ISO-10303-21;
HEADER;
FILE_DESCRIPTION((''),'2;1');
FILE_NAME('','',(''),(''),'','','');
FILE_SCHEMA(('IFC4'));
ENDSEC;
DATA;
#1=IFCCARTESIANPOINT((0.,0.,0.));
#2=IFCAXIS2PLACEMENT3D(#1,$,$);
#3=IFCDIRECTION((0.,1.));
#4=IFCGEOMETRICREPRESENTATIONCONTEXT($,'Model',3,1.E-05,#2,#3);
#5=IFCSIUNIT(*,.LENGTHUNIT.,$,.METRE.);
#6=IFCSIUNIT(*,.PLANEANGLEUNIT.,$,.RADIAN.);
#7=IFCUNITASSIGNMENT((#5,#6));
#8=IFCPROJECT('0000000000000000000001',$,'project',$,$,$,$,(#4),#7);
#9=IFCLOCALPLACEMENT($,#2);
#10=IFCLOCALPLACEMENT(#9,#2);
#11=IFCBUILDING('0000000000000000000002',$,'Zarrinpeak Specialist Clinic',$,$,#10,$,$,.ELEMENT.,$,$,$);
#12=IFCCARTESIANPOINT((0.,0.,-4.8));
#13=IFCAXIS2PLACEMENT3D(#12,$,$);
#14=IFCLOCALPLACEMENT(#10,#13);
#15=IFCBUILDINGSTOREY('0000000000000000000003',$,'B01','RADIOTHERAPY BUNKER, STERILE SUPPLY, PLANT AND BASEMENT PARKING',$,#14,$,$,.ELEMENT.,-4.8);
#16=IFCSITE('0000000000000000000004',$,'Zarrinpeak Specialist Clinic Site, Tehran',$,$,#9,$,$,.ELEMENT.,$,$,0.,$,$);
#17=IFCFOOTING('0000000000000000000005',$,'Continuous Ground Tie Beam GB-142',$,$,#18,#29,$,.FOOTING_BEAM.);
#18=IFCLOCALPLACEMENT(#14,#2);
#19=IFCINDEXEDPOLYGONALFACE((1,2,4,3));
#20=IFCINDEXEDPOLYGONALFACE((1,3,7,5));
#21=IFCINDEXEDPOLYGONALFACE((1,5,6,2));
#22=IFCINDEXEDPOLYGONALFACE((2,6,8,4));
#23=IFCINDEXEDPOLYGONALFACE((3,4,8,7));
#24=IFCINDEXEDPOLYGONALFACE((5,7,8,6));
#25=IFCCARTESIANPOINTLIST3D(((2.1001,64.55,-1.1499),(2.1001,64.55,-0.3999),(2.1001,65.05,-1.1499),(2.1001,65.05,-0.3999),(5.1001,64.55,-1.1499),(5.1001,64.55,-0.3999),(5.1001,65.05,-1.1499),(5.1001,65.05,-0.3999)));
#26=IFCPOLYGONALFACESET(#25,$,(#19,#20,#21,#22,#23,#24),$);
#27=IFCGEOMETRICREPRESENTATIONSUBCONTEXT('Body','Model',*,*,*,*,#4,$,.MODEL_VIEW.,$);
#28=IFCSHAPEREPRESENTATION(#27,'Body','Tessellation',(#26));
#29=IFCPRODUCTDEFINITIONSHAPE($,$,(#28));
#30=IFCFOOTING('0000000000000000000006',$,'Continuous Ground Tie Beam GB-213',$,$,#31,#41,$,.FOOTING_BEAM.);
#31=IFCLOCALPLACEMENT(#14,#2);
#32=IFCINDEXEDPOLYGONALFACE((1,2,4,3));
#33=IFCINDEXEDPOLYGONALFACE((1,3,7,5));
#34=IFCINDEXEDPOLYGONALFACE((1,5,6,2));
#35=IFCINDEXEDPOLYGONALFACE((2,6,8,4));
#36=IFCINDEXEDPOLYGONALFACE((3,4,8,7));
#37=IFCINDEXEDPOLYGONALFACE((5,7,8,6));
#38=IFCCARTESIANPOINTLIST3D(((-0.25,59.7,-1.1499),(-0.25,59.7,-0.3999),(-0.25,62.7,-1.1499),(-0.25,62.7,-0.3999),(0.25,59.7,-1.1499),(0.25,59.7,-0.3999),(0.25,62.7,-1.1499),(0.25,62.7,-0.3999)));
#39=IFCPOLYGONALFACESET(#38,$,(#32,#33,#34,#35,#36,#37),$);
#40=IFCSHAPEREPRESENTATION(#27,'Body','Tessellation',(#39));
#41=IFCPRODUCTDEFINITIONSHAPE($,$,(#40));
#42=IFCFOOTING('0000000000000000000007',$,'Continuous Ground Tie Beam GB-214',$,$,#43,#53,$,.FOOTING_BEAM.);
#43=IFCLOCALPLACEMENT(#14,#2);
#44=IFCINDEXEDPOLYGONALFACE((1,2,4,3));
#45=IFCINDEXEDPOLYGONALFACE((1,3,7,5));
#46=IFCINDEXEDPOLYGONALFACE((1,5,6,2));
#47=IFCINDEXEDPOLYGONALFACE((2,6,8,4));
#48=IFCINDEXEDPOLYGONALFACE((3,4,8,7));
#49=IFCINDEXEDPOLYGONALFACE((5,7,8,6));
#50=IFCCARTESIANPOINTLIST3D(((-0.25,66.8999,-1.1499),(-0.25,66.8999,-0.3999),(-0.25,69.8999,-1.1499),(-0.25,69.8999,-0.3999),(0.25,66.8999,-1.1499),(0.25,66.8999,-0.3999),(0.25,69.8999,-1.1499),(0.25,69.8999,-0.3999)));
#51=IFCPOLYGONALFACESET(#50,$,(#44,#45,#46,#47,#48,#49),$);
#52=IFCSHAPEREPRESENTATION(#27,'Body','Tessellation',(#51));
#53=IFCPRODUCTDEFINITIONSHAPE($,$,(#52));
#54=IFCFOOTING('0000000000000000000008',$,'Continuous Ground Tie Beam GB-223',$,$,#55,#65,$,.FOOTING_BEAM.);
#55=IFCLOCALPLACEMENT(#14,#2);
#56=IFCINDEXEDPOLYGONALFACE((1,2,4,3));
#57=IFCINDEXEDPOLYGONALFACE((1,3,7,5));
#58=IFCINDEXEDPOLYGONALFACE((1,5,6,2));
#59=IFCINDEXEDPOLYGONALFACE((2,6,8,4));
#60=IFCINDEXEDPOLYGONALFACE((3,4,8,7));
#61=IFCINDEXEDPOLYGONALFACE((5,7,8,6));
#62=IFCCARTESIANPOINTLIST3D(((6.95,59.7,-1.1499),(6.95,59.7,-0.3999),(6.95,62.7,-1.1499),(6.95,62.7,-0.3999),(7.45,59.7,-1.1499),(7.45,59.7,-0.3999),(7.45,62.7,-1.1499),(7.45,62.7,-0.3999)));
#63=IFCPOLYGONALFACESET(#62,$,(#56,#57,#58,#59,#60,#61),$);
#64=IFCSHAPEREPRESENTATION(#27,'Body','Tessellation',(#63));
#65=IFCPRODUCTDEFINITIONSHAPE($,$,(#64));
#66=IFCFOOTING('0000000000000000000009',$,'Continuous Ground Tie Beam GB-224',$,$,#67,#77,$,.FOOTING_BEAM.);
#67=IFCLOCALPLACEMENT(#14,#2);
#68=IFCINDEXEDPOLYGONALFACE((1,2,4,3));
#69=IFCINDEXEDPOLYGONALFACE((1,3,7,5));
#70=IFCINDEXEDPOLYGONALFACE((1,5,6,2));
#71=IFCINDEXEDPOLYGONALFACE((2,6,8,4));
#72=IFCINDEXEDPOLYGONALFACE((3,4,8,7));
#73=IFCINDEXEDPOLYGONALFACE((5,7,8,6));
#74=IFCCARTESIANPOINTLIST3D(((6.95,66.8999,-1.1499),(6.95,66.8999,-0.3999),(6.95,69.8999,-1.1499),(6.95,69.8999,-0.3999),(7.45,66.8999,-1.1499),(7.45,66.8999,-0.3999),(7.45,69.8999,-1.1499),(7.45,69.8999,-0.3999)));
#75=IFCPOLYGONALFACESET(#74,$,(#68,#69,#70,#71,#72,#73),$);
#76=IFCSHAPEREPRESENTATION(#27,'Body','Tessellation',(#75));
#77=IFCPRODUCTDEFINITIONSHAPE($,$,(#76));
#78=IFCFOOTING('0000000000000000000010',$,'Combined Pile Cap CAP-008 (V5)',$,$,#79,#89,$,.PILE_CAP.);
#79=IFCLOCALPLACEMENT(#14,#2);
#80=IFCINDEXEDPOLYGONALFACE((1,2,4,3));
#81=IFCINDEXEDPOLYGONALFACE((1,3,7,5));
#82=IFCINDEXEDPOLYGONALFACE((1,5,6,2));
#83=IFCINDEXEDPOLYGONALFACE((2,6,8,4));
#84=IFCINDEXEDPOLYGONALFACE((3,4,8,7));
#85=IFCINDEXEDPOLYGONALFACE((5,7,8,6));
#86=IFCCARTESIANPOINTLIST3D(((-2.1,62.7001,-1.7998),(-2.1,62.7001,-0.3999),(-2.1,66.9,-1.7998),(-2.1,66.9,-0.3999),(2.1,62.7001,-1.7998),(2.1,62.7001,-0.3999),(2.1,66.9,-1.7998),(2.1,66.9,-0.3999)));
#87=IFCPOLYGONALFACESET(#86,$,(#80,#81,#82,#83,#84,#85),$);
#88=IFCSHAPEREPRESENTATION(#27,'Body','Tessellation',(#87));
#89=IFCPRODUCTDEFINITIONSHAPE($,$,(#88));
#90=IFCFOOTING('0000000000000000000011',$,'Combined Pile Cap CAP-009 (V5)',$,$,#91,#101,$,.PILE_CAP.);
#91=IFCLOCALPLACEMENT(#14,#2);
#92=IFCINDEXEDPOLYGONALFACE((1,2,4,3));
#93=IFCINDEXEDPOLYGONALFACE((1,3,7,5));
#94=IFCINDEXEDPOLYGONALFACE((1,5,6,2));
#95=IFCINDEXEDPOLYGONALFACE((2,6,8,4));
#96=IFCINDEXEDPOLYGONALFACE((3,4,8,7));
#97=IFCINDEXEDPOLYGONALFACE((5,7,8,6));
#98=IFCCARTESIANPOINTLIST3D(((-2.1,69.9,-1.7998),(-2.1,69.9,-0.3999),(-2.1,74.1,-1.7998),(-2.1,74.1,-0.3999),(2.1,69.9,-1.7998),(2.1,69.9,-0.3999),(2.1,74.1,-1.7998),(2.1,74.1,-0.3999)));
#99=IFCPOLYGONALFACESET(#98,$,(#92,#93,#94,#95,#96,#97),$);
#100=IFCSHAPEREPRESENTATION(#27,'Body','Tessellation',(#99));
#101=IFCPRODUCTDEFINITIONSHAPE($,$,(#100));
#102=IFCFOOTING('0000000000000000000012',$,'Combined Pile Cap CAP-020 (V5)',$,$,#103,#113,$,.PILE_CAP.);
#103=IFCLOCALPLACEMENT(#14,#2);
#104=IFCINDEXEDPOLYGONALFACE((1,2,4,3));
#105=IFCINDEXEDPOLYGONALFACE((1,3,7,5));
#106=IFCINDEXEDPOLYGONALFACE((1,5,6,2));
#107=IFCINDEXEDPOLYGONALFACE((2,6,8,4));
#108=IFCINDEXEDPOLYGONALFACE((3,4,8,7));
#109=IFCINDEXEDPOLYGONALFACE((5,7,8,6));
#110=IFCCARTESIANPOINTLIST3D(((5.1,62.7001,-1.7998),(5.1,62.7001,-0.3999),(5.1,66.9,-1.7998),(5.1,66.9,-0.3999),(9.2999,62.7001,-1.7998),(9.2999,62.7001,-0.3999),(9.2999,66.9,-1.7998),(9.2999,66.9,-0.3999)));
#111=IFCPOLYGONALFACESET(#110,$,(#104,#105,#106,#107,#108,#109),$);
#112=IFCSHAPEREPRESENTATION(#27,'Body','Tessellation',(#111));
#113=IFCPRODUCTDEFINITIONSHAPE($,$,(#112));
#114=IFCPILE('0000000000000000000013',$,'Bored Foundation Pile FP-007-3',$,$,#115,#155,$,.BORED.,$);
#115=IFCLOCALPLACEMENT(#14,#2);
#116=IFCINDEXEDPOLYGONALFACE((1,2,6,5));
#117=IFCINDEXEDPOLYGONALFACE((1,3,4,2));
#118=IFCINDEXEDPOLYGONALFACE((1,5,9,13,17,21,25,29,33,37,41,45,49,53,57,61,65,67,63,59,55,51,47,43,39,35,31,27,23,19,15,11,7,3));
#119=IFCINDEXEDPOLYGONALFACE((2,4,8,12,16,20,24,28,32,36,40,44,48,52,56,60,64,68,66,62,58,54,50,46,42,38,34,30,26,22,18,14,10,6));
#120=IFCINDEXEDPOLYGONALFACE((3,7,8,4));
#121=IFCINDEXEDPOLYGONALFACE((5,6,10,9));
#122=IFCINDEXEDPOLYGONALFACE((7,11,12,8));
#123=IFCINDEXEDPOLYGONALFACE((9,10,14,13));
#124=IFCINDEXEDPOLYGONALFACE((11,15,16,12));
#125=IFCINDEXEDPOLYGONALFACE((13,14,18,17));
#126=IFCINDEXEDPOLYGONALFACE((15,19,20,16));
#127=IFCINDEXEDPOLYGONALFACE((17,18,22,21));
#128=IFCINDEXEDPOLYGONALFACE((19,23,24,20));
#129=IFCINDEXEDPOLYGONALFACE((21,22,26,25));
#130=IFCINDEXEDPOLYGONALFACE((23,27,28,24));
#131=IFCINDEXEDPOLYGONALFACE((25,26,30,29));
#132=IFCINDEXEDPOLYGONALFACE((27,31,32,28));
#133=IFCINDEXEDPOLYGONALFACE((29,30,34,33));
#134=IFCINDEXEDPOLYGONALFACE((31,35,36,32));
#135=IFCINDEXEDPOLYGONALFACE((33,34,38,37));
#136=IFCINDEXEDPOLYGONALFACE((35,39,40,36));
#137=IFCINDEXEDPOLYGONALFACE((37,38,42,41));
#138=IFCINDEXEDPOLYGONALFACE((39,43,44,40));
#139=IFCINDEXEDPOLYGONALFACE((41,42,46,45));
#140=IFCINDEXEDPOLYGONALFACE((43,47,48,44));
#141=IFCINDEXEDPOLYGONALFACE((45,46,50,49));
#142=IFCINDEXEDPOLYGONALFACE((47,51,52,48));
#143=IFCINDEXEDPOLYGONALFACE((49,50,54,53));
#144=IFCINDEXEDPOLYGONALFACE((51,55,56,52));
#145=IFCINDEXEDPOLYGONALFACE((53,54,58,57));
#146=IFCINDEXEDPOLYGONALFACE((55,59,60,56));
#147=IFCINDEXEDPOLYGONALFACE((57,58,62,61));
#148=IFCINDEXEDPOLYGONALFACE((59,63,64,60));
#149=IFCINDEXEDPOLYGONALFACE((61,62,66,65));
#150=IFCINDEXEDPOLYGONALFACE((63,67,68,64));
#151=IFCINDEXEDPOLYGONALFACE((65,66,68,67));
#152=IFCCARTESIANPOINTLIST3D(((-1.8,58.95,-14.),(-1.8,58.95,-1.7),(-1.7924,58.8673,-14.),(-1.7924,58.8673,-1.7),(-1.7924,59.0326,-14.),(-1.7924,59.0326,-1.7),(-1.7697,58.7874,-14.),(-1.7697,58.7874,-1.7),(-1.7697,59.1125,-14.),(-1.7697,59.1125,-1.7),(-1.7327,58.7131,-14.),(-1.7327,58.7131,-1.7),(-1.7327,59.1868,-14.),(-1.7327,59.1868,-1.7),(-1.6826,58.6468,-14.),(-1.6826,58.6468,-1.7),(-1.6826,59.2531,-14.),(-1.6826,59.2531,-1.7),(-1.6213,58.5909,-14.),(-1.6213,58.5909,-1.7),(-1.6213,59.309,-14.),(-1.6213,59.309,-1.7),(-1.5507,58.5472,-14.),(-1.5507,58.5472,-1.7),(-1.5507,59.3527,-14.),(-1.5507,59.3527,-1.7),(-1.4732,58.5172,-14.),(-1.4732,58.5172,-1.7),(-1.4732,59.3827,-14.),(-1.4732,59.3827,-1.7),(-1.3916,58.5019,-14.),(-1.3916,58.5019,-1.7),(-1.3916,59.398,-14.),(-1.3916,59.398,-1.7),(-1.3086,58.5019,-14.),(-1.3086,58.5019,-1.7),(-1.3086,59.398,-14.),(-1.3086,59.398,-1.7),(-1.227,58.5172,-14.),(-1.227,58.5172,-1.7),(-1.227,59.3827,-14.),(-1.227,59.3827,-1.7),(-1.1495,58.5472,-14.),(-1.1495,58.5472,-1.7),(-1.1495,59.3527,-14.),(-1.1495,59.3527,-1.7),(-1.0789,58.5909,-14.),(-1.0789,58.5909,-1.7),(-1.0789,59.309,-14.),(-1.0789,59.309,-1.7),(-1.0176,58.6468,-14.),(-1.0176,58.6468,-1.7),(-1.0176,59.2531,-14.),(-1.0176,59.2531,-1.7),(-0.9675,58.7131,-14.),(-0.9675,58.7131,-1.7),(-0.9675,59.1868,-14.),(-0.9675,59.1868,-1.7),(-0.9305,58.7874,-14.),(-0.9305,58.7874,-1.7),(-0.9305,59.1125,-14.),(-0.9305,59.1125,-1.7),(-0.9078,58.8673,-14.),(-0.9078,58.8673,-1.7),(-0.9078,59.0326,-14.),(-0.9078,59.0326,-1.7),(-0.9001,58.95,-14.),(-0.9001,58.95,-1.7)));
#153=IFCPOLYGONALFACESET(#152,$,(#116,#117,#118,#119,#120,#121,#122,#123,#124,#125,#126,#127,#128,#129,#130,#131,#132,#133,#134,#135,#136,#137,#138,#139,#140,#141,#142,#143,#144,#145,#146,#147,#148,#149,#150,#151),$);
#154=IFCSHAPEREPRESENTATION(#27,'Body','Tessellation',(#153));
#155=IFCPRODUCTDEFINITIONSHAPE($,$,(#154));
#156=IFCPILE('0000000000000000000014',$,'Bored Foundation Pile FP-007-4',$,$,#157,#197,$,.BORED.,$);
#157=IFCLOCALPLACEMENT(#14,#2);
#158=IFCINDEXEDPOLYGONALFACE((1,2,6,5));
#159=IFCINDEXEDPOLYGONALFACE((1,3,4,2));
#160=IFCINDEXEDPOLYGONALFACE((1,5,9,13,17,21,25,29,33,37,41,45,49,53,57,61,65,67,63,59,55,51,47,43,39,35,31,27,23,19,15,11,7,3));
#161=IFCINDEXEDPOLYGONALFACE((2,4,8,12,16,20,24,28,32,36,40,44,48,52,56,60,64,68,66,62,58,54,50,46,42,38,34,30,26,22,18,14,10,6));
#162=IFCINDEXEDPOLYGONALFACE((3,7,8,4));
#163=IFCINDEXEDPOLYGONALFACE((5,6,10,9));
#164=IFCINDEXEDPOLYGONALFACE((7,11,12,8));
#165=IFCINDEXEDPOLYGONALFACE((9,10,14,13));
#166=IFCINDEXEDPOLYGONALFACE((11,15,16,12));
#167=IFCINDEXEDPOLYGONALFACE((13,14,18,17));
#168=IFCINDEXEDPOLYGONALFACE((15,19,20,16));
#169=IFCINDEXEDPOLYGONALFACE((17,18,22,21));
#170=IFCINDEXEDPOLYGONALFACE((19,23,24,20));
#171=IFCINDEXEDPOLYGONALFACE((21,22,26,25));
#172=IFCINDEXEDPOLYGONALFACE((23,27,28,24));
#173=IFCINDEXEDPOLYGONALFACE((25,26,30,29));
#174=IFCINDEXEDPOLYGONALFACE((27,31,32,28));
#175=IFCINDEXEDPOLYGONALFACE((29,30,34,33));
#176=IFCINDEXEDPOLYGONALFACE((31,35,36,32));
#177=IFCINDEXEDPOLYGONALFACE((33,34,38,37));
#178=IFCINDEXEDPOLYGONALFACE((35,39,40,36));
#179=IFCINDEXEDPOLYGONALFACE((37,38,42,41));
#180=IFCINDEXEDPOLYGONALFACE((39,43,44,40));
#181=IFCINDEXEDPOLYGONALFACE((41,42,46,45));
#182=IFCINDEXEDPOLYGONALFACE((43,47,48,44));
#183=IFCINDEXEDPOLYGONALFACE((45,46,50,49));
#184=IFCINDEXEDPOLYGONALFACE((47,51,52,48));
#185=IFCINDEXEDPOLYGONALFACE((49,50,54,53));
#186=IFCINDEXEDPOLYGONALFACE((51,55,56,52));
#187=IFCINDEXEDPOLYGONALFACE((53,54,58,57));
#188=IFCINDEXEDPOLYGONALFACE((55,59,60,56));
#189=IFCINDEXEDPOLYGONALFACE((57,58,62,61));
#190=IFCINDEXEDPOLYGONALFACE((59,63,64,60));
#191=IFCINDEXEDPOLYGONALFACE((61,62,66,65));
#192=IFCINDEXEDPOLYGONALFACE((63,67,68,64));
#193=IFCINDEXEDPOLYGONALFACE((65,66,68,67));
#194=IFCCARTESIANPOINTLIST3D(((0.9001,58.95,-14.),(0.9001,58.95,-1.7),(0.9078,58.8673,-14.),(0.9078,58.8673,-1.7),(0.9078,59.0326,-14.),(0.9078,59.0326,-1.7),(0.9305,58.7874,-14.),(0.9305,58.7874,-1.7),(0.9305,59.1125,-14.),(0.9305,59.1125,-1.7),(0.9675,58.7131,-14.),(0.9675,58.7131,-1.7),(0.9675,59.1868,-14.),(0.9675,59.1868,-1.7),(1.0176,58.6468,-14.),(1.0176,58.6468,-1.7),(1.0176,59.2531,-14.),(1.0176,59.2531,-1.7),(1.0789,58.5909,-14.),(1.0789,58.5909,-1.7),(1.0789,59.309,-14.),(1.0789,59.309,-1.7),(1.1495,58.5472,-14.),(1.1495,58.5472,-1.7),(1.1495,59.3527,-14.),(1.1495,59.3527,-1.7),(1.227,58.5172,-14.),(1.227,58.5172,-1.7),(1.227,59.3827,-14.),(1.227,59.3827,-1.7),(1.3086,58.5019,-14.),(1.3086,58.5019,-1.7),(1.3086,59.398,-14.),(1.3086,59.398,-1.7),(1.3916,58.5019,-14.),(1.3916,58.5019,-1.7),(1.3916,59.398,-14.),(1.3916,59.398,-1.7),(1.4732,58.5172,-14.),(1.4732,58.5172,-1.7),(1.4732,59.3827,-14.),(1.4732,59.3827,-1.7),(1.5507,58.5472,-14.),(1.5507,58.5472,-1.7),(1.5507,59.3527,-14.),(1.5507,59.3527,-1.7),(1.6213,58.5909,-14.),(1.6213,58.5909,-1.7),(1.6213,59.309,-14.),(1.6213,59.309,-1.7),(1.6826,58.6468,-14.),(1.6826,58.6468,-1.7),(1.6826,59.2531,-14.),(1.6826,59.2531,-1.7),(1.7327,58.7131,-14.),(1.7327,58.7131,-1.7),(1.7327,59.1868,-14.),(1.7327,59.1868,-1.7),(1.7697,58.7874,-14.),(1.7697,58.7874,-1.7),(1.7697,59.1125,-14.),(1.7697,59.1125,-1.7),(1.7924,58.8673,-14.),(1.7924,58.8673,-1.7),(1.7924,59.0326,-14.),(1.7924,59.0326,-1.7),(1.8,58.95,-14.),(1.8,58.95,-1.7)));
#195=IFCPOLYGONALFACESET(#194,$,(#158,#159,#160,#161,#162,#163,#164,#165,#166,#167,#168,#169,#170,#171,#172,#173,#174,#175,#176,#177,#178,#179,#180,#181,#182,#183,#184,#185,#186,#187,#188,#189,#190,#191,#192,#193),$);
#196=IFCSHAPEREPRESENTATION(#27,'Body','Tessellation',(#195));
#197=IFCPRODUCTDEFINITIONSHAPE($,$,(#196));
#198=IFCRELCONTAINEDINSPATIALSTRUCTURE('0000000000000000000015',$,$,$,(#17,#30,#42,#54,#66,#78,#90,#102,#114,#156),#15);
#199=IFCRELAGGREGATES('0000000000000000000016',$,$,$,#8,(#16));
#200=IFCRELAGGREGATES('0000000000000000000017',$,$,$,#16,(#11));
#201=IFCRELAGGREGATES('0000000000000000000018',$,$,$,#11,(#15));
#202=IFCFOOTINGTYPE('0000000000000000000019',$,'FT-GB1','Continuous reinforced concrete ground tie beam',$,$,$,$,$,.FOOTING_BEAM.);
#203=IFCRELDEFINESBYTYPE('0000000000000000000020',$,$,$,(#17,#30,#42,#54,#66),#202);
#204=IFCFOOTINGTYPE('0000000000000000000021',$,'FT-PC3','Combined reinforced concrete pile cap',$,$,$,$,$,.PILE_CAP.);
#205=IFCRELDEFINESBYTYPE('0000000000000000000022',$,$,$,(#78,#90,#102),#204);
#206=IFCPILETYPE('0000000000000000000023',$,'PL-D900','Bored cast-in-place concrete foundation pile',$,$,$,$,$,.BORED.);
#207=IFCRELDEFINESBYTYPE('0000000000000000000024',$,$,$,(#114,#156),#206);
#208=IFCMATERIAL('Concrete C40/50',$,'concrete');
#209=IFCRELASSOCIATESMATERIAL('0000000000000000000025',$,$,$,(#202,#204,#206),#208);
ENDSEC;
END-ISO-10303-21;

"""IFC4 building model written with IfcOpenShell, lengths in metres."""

from ifc_helpers import new_model, si_unit, direction, frame, origin, origin_2d, place, context, subcontext, project, spatial, rectangle, circle, extrude, material, material_profile, profile_set, type_object, element, save


model = new_model("IFC4")

# Units and contexts
model_context = context("Model", 3, precision=1e-05, world=origin(), true_north=direction((0.0, 1.0)))
body_context = subcontext(model_context, "Body", "Model", "MODEL_VIEW")
ifc_project = project(units=[si_unit("LENGTHUNIT", "METRE"), si_unit("PLANEANGLEUNIT", "RADIAN")], contexts=[model_context])

# Site, building, storey
site_placement = place(None, origin())
site = spatial("IfcSite", under=ifc_project, at=site_placement, Name="Zarrinpeak Specialist Clinic Site, Tehran", CompositionType="ELEMENT", RefElevation=0.0)
building_placement = place(site_placement, origin())
building = spatial("IfcBuilding", under=site, at=building_placement, Name="Zarrinpeak Specialist Clinic", CompositionType="ELEMENT")
storey_placement = place(building_placement, frame((0.0, 0.0, -4.8)))
storey = spatial("IfcBuildingStorey", under=building, at=storey_placement, Name="B01", Description="RADIOTHERAPY BUNKER, STERILE SUPPLY, PLANT AND BASEMENT PARKING", CompositionType="ELEMENT", Elevation=-4.8)

# Footings
ifc_material_1 = material(Name="Concrete C40/50", Category="concrete")
ifc_material_profile_1 = material_profile(ifc_material_1, rectangle(XDim=0.5, YDim=0.75, at=origin_2d()), Name="RC 500x750")
ifc_profile_set_1 = profile_set([ifc_material_profile_1], Name="Concrete C40/50")
footing_type_1 = type_object("IfcFootingType", Name="FT-GB1", Description="Continuous reinforced concrete ground tie beam", PredefinedType="FOOTING_BEAM", material=ifc_profile_set_1)
for number, where, z_axis, x_axis, name in (
    (1, (2.1001, 64.8, -0.7749), (1.0, 0.0, 0.0), (0.0, 1.0, 0.0), "Continuous Ground Tie Beam GB-142"),
    (2, (0.0, 59.7, -0.7749), (0.0, 1.0, 0.0), (-1.0, 0.0, 0.0), "Continuous Ground Tie Beam GB-213"),
    (3, (0.0, 66.8999, -0.7749), (0.0, 1.0, 0.0), (-1.0, 0.0, 0.0), "Continuous Ground Tie Beam GB-214"),
    (4, (7.2, 59.7, -0.7749), (0.0, 1.0, 0.0), (-1.0, 0.0, 0.0), "Continuous Ground Tie Beam GB-223"),
    (5, (7.2, 66.8999, -0.7749), (0.0, 1.0, 0.0), (-1.0, 0.0, 0.0), "Continuous Ground Tie Beam GB-224"),
):
    element("IfcFooting", number, at=place(storey_placement, frame(where, z_axis=z_axis, x_axis=x_axis)), inside=storey, type_object=footing_type_1, Name=name, PredefinedType="FOOTING_BEAM", context=body_context, shape_type="SweptSolid", body=[
        extrude(rectangle(XDim=0.5, YDim=0.75, at=origin_2d()), origin(), (0.0, 0.0, 1.0), 3.0),
    ])
footing_type_2 = type_object("IfcFootingType", Name="FT-PC3", Description="Combined reinforced concrete pile cap", PredefinedType="PILE_CAP", material=ifc_material_1)
for number, where, z_axis, x_axis, name in (
    (6, (0.0, 64.8, -1.7998), (0.0, 0.0, 1.0), (1.0, 0.0, 0.0), "Combined Pile Cap CAP-008 (V5)"),
    (7, (0.0, 72.0, -1.7998), (0.0, 0.0, 1.0), (1.0, 0.0, 0.0), "Combined Pile Cap CAP-009 (V5)"),
    (8, (7.2, 64.8, -1.7998), (0.0, 0.0, 1.0), (1.0, 0.0, 0.0), "Combined Pile Cap CAP-020 (V5)"),
):
    element("IfcFooting", number, at=place(storey_placement, frame(where, z_axis=z_axis, x_axis=x_axis)), inside=storey, type_object=footing_type_2, Name=name, PredefinedType="PILE_CAP", context=body_context, shape_type="SweptSolid", body=[
        extrude(rectangle(XDim=4.2, YDim=4.2, at=origin_2d()), origin(), (0.0, 0.0, 1.0), 1.3999),
    ])

# Piles
ifc_material_profile_2 = material_profile(ifc_material_1, circle(Radius=0.45, at=origin_2d()), Name="BORED PILE D900")
ifc_profile_set_2 = profile_set([ifc_material_profile_2], Name="Concrete C40/50")
pile_type = type_object("IfcPileType", Name="PL-D900", Description="Bored cast-in-place concrete foundation pile", PredefinedType="BORED", material=ifc_profile_set_2)
for number, where, z_axis, x_axis, name in (
    (9, (-1.3501, 58.95, -1.7), (0.0, 0.0, -1.0), (1.0, 0.0, 0.0), "Bored Foundation Pile FP-007-3"),
    (10, (1.3501, 58.95, -1.7), (0.0, 0.0, -1.0), (1.0, 0.0, 0.0), "Bored Foundation Pile FP-007-4"),
):
    element("IfcPile", number, at=place(storey_placement, frame(where, z_axis=z_axis, x_axis=x_axis)), inside=storey, type_object=pile_type, Name=name, PredefinedType="BORED", context=body_context, shape_type="SweptSolid", body=[
        extrude(circle(Radius=0.45, at=origin_2d()), origin(), (0.0, 0.0, 1.0), 12.3),
    ])

save(model, "model.ifc")
